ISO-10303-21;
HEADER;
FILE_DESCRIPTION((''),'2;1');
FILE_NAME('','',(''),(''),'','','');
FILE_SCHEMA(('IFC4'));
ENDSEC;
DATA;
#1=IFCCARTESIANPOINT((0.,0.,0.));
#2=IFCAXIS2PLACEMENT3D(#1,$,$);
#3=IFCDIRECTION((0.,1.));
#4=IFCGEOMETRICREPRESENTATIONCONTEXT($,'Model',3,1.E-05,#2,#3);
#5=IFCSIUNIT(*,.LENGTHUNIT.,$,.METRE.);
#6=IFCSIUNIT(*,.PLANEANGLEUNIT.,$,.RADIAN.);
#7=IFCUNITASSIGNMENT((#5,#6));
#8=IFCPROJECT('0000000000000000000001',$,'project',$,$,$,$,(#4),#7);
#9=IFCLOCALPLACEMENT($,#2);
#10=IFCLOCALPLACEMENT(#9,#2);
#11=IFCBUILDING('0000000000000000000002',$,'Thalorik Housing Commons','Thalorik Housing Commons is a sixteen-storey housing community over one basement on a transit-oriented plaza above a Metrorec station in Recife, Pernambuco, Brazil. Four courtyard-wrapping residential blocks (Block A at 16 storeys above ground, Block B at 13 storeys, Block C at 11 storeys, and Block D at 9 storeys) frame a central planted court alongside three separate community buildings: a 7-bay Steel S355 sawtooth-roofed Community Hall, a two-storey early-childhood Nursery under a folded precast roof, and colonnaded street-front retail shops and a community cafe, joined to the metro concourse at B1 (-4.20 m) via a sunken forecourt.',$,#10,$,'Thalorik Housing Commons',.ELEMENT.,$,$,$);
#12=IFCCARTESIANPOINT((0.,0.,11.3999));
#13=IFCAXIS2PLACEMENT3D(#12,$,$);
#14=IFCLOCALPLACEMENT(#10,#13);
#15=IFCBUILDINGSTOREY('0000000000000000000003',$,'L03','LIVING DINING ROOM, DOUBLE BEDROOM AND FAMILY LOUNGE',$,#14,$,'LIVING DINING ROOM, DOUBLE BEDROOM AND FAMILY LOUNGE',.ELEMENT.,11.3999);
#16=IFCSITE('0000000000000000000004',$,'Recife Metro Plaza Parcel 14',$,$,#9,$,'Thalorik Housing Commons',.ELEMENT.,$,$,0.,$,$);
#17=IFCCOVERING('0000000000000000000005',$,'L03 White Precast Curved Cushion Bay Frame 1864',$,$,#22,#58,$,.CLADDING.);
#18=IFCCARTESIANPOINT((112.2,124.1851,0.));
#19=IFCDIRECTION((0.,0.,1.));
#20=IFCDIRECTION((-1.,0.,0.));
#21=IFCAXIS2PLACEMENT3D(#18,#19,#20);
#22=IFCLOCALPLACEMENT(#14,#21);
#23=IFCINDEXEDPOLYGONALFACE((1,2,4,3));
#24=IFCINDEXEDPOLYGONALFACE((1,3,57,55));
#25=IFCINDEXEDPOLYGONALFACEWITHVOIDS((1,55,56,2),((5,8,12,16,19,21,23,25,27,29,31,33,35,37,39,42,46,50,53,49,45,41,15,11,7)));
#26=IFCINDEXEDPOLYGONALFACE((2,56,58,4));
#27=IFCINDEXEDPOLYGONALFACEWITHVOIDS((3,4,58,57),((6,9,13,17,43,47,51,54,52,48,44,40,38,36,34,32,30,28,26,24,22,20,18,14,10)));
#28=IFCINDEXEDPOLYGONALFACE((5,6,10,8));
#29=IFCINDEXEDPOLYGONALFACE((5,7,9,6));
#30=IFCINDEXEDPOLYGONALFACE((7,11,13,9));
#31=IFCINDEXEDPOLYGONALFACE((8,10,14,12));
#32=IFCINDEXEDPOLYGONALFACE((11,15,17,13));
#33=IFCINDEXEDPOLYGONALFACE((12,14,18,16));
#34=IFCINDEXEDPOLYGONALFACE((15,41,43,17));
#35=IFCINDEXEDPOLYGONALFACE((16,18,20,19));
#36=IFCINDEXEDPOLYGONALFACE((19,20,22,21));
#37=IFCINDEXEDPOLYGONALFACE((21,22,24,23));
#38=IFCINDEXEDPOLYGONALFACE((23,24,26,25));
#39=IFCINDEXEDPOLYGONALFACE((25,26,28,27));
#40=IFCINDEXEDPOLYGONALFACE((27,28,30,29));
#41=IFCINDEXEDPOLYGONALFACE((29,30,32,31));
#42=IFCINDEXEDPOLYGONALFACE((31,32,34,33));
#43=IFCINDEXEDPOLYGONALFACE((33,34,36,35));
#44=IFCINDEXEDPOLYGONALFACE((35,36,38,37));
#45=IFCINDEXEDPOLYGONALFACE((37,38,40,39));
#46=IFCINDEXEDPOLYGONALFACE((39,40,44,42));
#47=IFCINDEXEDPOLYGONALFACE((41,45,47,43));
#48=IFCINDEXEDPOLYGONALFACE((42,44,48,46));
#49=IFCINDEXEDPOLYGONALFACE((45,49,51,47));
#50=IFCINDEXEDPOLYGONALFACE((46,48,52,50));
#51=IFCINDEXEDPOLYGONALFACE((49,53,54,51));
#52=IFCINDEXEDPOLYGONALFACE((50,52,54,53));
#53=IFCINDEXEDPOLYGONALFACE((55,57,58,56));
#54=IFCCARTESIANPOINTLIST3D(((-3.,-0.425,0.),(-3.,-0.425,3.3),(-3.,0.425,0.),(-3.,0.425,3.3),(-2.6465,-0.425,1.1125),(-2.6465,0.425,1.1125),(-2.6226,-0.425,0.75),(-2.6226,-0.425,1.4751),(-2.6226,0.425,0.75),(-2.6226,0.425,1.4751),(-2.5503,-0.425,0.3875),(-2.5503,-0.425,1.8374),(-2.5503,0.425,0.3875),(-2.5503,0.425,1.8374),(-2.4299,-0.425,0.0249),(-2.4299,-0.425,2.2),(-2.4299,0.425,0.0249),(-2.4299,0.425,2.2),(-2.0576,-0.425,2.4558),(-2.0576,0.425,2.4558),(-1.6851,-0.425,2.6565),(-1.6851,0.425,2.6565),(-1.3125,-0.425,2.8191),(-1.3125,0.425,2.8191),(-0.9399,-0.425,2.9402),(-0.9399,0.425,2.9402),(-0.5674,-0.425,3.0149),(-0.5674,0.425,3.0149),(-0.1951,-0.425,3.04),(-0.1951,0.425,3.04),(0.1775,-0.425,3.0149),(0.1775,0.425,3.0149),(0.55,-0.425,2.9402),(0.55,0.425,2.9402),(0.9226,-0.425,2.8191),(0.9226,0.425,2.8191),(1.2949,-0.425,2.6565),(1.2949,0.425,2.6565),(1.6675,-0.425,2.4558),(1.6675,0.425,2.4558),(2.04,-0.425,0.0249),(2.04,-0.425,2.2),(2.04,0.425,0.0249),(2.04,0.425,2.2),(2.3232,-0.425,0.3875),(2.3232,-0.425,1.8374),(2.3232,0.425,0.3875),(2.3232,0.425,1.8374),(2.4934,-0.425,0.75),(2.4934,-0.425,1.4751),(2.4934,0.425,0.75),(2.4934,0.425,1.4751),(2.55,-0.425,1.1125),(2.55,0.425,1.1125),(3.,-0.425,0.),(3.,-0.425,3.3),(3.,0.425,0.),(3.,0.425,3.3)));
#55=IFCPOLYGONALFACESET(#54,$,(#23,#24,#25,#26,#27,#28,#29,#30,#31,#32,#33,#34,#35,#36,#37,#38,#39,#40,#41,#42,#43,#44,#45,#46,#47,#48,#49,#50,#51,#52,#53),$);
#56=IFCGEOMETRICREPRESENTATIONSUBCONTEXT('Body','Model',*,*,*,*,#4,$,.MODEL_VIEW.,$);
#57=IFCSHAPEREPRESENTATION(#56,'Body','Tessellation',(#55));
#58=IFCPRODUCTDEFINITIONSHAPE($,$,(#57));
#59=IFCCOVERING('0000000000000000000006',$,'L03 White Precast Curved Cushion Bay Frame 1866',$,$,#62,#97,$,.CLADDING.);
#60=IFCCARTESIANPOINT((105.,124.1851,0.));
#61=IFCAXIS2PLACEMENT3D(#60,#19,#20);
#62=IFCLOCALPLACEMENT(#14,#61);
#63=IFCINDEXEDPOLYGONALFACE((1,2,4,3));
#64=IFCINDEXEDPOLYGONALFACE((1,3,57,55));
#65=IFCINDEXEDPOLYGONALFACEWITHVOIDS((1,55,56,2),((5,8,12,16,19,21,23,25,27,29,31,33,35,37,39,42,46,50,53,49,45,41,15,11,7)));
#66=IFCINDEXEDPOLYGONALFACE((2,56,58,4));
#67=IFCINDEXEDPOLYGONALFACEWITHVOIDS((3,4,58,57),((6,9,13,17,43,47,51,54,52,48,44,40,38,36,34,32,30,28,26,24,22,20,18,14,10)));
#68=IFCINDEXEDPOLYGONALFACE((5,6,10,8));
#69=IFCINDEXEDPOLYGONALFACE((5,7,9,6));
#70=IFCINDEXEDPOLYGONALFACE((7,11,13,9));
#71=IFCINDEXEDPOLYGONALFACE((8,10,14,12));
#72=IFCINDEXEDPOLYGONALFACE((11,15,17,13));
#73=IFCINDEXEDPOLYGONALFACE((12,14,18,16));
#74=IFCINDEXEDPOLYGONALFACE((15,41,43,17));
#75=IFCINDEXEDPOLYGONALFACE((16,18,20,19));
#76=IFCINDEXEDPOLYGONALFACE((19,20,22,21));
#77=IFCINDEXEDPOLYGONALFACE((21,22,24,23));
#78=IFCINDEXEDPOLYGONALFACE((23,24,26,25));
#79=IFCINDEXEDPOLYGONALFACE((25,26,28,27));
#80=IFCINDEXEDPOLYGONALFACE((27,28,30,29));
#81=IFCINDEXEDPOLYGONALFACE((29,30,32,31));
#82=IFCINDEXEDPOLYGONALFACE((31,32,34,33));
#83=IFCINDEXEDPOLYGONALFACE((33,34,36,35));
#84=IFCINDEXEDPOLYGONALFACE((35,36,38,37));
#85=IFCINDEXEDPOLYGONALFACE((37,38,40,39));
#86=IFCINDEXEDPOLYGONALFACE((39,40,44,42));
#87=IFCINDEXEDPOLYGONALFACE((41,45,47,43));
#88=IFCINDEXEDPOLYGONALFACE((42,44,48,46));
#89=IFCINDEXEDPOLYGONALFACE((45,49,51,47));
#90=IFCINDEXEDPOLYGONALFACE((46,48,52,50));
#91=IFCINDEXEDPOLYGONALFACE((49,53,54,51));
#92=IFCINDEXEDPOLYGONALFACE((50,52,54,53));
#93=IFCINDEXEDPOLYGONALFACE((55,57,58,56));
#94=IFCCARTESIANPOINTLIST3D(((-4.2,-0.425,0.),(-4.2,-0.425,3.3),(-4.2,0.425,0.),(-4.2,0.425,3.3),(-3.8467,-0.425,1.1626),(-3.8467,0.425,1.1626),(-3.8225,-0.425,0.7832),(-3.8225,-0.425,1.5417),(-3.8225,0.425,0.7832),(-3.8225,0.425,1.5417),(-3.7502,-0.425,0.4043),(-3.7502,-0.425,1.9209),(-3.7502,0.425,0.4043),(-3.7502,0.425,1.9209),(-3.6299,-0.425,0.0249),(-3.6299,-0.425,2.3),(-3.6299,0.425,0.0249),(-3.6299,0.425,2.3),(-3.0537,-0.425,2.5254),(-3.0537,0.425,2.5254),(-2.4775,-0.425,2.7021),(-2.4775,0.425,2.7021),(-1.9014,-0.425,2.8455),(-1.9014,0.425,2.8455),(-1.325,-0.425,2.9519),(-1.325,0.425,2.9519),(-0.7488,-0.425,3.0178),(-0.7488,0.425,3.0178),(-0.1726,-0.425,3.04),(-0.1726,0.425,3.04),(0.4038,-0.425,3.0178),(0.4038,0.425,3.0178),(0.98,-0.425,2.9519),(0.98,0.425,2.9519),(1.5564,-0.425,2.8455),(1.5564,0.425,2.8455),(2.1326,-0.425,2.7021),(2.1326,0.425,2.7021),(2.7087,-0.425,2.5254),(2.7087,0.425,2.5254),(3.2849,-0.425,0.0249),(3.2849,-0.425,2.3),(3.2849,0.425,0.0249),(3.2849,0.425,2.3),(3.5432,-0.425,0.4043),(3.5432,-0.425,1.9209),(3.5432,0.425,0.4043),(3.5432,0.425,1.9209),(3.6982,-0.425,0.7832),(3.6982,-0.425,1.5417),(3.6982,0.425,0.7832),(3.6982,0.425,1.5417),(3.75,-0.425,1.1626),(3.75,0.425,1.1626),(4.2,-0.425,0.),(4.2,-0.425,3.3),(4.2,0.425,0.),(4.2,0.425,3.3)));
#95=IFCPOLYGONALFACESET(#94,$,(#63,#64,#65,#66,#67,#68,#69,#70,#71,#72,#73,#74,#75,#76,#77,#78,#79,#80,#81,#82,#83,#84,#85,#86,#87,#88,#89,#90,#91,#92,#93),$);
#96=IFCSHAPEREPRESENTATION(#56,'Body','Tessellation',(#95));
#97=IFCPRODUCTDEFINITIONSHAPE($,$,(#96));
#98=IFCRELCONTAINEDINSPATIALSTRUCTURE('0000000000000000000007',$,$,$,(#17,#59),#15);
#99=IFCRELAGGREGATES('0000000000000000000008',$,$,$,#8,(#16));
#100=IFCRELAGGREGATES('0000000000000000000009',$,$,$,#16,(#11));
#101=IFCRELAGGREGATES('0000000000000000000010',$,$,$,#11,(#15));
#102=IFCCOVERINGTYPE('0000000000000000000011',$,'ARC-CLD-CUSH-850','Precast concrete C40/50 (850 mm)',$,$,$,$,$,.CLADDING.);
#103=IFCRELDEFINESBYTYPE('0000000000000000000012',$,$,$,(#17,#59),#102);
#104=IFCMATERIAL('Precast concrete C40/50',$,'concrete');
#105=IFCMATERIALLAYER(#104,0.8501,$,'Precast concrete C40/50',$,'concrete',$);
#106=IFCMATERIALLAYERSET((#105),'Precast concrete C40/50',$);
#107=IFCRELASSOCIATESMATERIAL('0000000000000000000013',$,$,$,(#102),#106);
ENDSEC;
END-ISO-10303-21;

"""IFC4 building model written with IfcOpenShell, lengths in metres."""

from ifc_helpers import new_model, si_unit, direction, frame, origin, place, context, subcontext, project, spatial, polyline, outline, extrude, material, layer, layer_set, type_object, element, save


model = new_model("IFC4")

# Units and contexts
model_context = context("Model", 3, precision=1e-05, world=origin(), true_north=direction((0.0, 1.0)))
body_context = subcontext(model_context, "Body", "Model", "MODEL_VIEW")
ifc_project = project(units=[si_unit("LENGTHUNIT", "METRE"), si_unit("PLANEANGLEUNIT", "RADIAN")], contexts=[model_context])

# Site, building, storey
site_placement = place(None, origin())
site = spatial("IfcSite", under=ifc_project, at=site_placement, Name="Recife Metro Plaza Parcel 14", LongName="Thalorik Housing Commons", CompositionType="ELEMENT", RefElevation=0.0)
building_placement = place(site_placement, origin())
building = spatial("IfcBuilding", under=site, at=building_placement, Name="Thalorik Housing Commons", Description="Thalorik Housing Commons is a sixteen-storey housing community over one basement on a transit-oriented plaza above a Metrorec station in Recife, Pernambuco, Brazil. Four courtyard-wrapping residential blocks (Block A at 16 storeys above ground, Block B at 13 storeys, Block C at 11 storeys, and Block D at 9 storeys) frame a central planted court alongside three separate community buildings: a 7-bay Steel S355 sawtooth-roofed Community Hall, a two-storey early-childhood Nursery under a folded precast roof, and colonnaded street-front retail shops and a community cafe, joined to the metro concourse at B1 (-4.20 m) via a sunken forecourt.", LongName="Thalorik Housing Commons", CompositionType="ELEMENT")
storey_placement = place(building_placement, frame((0.0, 0.0, 11.3999)))
storey = spatial("IfcBuildingStorey", under=building, at=storey_placement, Name="L03", Description="LIVING DINING ROOM, DOUBLE BEDROOM AND FAMILY LOUNGE", LongName="LIVING DINING ROOM, DOUBLE BEDROOM AND FAMILY LOUNGE", CompositionType="ELEMENT", Elevation=11.3999)

# Shared definitions
ifc_material_1 = material(Name="Precast concrete C40/50", Category="concrete")

# Coverings
ifc_layer_1 = layer(ifc_material_1, 0.8501, Name="Precast concrete C40/50", Category="concrete")
ifc_layer_set_1 = layer_set([ifc_layer_1], Name="Precast concrete C40/50")
covering_type_1 = type_object("IfcCoveringType", Name="ARC-CLD-CUSH-850", Description="Precast concrete C40/50 (850 mm)", PredefinedType="CLADDING", material=ifc_layer_set_1)
covering_1_placement = place(storey_placement, frame((112.2, 124.1851, 0.0), z_axis=(0.0, 0.0, 1.0), x_axis=(-1.0, 0.0, 0.0)))
element("IfcCovering", 1, at=covering_1_placement, inside=storey, type_object=covering_type_1, Name="L03 White Precast Curved Cushion Bay Frame 1864", PredefinedType="CLADDING", context=body_context, shape_type="SweptSolid", body=[
    extrude(outline(polyline([(-3.0, 0.0), (3.0, 0.0), (3.0, 3.3), (-3.0, 3.3), (-3.0, 0.0)]), holes=[polyline([(2.04, 0.0249), (2.3232, 0.3875), (2.4934, 0.75), (2.55, 1.1125), (2.4934, 1.4751), (2.3232, 1.8374), (2.04, 2.2), (1.6675, 2.4558), (1.2949, 2.6565), (0.9226, 2.8191), (0.55, 2.9402), (0.1775, 3.0149), (-0.1951, 3.04), (-0.5674, 3.0149), (-0.9399, 2.9402), (-1.3125, 2.8191), (-1.6851, 2.6565), (-2.0576, 2.4558), (-2.4299, 2.2), (-2.5503, 1.8374), (-2.6226, 1.4751), (-2.6465, 1.1125), (-2.6226, 0.75), (-2.5503, 0.3875), (-2.4299, 0.0249), (2.04, 0.0249)])]), frame((0.0, 0.425, 0.0), z_axis=(0.0, -1.0, 0.0), x_axis=(1.0, 0.0, 0.0)), (0.0, 0.0, 1.0), 0.8501),
])
covering_2_placement = place(storey_placement, frame((105.0, 124.1851, 0.0), z_axis=(0.0, 0.0, 1.0), x_axis=(-1.0, 0.0, 0.0)))
element("IfcCovering", 2, at=covering_2_placement, inside=storey, type_object=covering_type_1, Name="L03 White Precast Curved Cushion Bay Frame 1866", PredefinedType="CLADDING", context=body_context, shape_type="SweptSolid", body=[
    extrude(outline(polyline([(-4.2, 0.0), (4.2, 0.0), (4.2, 3.3), (-4.2, 3.3), (-4.2, 0.0)]), holes=[polyline([(3.2849, 0.0249), (3.5432, 0.4043), (3.6982, 0.7832), (3.75, 1.1626), (3.6982, 1.5417), (3.5432, 1.9209), (3.2849, 2.3), (2.7087, 2.5254), (2.1326, 2.7021), (1.5564, 2.8455), (0.98, 2.9519), (0.4038, 3.0178), (-0.1726, 3.04), (-0.7488, 3.0178), (-1.325, 2.9519), (-1.9014, 2.8455), (-2.4775, 2.7021), (-3.0537, 2.5254), (-3.6299, 2.3), (-3.7502, 1.9209), (-3.8225, 1.5417), (-3.8467, 1.1626), (-3.8225, 0.7832), (-3.7502, 0.4043), (-3.6299, 0.0249), (3.2849, 0.0249)])]), frame((0.0, 0.425, 0.0), z_axis=(0.0, -1.0, 0.0), x_axis=(1.0, 0.0, 0.0)), (0.0, 0.0, 1.0), 0.8501),
])

save(model, "model.ifc")
